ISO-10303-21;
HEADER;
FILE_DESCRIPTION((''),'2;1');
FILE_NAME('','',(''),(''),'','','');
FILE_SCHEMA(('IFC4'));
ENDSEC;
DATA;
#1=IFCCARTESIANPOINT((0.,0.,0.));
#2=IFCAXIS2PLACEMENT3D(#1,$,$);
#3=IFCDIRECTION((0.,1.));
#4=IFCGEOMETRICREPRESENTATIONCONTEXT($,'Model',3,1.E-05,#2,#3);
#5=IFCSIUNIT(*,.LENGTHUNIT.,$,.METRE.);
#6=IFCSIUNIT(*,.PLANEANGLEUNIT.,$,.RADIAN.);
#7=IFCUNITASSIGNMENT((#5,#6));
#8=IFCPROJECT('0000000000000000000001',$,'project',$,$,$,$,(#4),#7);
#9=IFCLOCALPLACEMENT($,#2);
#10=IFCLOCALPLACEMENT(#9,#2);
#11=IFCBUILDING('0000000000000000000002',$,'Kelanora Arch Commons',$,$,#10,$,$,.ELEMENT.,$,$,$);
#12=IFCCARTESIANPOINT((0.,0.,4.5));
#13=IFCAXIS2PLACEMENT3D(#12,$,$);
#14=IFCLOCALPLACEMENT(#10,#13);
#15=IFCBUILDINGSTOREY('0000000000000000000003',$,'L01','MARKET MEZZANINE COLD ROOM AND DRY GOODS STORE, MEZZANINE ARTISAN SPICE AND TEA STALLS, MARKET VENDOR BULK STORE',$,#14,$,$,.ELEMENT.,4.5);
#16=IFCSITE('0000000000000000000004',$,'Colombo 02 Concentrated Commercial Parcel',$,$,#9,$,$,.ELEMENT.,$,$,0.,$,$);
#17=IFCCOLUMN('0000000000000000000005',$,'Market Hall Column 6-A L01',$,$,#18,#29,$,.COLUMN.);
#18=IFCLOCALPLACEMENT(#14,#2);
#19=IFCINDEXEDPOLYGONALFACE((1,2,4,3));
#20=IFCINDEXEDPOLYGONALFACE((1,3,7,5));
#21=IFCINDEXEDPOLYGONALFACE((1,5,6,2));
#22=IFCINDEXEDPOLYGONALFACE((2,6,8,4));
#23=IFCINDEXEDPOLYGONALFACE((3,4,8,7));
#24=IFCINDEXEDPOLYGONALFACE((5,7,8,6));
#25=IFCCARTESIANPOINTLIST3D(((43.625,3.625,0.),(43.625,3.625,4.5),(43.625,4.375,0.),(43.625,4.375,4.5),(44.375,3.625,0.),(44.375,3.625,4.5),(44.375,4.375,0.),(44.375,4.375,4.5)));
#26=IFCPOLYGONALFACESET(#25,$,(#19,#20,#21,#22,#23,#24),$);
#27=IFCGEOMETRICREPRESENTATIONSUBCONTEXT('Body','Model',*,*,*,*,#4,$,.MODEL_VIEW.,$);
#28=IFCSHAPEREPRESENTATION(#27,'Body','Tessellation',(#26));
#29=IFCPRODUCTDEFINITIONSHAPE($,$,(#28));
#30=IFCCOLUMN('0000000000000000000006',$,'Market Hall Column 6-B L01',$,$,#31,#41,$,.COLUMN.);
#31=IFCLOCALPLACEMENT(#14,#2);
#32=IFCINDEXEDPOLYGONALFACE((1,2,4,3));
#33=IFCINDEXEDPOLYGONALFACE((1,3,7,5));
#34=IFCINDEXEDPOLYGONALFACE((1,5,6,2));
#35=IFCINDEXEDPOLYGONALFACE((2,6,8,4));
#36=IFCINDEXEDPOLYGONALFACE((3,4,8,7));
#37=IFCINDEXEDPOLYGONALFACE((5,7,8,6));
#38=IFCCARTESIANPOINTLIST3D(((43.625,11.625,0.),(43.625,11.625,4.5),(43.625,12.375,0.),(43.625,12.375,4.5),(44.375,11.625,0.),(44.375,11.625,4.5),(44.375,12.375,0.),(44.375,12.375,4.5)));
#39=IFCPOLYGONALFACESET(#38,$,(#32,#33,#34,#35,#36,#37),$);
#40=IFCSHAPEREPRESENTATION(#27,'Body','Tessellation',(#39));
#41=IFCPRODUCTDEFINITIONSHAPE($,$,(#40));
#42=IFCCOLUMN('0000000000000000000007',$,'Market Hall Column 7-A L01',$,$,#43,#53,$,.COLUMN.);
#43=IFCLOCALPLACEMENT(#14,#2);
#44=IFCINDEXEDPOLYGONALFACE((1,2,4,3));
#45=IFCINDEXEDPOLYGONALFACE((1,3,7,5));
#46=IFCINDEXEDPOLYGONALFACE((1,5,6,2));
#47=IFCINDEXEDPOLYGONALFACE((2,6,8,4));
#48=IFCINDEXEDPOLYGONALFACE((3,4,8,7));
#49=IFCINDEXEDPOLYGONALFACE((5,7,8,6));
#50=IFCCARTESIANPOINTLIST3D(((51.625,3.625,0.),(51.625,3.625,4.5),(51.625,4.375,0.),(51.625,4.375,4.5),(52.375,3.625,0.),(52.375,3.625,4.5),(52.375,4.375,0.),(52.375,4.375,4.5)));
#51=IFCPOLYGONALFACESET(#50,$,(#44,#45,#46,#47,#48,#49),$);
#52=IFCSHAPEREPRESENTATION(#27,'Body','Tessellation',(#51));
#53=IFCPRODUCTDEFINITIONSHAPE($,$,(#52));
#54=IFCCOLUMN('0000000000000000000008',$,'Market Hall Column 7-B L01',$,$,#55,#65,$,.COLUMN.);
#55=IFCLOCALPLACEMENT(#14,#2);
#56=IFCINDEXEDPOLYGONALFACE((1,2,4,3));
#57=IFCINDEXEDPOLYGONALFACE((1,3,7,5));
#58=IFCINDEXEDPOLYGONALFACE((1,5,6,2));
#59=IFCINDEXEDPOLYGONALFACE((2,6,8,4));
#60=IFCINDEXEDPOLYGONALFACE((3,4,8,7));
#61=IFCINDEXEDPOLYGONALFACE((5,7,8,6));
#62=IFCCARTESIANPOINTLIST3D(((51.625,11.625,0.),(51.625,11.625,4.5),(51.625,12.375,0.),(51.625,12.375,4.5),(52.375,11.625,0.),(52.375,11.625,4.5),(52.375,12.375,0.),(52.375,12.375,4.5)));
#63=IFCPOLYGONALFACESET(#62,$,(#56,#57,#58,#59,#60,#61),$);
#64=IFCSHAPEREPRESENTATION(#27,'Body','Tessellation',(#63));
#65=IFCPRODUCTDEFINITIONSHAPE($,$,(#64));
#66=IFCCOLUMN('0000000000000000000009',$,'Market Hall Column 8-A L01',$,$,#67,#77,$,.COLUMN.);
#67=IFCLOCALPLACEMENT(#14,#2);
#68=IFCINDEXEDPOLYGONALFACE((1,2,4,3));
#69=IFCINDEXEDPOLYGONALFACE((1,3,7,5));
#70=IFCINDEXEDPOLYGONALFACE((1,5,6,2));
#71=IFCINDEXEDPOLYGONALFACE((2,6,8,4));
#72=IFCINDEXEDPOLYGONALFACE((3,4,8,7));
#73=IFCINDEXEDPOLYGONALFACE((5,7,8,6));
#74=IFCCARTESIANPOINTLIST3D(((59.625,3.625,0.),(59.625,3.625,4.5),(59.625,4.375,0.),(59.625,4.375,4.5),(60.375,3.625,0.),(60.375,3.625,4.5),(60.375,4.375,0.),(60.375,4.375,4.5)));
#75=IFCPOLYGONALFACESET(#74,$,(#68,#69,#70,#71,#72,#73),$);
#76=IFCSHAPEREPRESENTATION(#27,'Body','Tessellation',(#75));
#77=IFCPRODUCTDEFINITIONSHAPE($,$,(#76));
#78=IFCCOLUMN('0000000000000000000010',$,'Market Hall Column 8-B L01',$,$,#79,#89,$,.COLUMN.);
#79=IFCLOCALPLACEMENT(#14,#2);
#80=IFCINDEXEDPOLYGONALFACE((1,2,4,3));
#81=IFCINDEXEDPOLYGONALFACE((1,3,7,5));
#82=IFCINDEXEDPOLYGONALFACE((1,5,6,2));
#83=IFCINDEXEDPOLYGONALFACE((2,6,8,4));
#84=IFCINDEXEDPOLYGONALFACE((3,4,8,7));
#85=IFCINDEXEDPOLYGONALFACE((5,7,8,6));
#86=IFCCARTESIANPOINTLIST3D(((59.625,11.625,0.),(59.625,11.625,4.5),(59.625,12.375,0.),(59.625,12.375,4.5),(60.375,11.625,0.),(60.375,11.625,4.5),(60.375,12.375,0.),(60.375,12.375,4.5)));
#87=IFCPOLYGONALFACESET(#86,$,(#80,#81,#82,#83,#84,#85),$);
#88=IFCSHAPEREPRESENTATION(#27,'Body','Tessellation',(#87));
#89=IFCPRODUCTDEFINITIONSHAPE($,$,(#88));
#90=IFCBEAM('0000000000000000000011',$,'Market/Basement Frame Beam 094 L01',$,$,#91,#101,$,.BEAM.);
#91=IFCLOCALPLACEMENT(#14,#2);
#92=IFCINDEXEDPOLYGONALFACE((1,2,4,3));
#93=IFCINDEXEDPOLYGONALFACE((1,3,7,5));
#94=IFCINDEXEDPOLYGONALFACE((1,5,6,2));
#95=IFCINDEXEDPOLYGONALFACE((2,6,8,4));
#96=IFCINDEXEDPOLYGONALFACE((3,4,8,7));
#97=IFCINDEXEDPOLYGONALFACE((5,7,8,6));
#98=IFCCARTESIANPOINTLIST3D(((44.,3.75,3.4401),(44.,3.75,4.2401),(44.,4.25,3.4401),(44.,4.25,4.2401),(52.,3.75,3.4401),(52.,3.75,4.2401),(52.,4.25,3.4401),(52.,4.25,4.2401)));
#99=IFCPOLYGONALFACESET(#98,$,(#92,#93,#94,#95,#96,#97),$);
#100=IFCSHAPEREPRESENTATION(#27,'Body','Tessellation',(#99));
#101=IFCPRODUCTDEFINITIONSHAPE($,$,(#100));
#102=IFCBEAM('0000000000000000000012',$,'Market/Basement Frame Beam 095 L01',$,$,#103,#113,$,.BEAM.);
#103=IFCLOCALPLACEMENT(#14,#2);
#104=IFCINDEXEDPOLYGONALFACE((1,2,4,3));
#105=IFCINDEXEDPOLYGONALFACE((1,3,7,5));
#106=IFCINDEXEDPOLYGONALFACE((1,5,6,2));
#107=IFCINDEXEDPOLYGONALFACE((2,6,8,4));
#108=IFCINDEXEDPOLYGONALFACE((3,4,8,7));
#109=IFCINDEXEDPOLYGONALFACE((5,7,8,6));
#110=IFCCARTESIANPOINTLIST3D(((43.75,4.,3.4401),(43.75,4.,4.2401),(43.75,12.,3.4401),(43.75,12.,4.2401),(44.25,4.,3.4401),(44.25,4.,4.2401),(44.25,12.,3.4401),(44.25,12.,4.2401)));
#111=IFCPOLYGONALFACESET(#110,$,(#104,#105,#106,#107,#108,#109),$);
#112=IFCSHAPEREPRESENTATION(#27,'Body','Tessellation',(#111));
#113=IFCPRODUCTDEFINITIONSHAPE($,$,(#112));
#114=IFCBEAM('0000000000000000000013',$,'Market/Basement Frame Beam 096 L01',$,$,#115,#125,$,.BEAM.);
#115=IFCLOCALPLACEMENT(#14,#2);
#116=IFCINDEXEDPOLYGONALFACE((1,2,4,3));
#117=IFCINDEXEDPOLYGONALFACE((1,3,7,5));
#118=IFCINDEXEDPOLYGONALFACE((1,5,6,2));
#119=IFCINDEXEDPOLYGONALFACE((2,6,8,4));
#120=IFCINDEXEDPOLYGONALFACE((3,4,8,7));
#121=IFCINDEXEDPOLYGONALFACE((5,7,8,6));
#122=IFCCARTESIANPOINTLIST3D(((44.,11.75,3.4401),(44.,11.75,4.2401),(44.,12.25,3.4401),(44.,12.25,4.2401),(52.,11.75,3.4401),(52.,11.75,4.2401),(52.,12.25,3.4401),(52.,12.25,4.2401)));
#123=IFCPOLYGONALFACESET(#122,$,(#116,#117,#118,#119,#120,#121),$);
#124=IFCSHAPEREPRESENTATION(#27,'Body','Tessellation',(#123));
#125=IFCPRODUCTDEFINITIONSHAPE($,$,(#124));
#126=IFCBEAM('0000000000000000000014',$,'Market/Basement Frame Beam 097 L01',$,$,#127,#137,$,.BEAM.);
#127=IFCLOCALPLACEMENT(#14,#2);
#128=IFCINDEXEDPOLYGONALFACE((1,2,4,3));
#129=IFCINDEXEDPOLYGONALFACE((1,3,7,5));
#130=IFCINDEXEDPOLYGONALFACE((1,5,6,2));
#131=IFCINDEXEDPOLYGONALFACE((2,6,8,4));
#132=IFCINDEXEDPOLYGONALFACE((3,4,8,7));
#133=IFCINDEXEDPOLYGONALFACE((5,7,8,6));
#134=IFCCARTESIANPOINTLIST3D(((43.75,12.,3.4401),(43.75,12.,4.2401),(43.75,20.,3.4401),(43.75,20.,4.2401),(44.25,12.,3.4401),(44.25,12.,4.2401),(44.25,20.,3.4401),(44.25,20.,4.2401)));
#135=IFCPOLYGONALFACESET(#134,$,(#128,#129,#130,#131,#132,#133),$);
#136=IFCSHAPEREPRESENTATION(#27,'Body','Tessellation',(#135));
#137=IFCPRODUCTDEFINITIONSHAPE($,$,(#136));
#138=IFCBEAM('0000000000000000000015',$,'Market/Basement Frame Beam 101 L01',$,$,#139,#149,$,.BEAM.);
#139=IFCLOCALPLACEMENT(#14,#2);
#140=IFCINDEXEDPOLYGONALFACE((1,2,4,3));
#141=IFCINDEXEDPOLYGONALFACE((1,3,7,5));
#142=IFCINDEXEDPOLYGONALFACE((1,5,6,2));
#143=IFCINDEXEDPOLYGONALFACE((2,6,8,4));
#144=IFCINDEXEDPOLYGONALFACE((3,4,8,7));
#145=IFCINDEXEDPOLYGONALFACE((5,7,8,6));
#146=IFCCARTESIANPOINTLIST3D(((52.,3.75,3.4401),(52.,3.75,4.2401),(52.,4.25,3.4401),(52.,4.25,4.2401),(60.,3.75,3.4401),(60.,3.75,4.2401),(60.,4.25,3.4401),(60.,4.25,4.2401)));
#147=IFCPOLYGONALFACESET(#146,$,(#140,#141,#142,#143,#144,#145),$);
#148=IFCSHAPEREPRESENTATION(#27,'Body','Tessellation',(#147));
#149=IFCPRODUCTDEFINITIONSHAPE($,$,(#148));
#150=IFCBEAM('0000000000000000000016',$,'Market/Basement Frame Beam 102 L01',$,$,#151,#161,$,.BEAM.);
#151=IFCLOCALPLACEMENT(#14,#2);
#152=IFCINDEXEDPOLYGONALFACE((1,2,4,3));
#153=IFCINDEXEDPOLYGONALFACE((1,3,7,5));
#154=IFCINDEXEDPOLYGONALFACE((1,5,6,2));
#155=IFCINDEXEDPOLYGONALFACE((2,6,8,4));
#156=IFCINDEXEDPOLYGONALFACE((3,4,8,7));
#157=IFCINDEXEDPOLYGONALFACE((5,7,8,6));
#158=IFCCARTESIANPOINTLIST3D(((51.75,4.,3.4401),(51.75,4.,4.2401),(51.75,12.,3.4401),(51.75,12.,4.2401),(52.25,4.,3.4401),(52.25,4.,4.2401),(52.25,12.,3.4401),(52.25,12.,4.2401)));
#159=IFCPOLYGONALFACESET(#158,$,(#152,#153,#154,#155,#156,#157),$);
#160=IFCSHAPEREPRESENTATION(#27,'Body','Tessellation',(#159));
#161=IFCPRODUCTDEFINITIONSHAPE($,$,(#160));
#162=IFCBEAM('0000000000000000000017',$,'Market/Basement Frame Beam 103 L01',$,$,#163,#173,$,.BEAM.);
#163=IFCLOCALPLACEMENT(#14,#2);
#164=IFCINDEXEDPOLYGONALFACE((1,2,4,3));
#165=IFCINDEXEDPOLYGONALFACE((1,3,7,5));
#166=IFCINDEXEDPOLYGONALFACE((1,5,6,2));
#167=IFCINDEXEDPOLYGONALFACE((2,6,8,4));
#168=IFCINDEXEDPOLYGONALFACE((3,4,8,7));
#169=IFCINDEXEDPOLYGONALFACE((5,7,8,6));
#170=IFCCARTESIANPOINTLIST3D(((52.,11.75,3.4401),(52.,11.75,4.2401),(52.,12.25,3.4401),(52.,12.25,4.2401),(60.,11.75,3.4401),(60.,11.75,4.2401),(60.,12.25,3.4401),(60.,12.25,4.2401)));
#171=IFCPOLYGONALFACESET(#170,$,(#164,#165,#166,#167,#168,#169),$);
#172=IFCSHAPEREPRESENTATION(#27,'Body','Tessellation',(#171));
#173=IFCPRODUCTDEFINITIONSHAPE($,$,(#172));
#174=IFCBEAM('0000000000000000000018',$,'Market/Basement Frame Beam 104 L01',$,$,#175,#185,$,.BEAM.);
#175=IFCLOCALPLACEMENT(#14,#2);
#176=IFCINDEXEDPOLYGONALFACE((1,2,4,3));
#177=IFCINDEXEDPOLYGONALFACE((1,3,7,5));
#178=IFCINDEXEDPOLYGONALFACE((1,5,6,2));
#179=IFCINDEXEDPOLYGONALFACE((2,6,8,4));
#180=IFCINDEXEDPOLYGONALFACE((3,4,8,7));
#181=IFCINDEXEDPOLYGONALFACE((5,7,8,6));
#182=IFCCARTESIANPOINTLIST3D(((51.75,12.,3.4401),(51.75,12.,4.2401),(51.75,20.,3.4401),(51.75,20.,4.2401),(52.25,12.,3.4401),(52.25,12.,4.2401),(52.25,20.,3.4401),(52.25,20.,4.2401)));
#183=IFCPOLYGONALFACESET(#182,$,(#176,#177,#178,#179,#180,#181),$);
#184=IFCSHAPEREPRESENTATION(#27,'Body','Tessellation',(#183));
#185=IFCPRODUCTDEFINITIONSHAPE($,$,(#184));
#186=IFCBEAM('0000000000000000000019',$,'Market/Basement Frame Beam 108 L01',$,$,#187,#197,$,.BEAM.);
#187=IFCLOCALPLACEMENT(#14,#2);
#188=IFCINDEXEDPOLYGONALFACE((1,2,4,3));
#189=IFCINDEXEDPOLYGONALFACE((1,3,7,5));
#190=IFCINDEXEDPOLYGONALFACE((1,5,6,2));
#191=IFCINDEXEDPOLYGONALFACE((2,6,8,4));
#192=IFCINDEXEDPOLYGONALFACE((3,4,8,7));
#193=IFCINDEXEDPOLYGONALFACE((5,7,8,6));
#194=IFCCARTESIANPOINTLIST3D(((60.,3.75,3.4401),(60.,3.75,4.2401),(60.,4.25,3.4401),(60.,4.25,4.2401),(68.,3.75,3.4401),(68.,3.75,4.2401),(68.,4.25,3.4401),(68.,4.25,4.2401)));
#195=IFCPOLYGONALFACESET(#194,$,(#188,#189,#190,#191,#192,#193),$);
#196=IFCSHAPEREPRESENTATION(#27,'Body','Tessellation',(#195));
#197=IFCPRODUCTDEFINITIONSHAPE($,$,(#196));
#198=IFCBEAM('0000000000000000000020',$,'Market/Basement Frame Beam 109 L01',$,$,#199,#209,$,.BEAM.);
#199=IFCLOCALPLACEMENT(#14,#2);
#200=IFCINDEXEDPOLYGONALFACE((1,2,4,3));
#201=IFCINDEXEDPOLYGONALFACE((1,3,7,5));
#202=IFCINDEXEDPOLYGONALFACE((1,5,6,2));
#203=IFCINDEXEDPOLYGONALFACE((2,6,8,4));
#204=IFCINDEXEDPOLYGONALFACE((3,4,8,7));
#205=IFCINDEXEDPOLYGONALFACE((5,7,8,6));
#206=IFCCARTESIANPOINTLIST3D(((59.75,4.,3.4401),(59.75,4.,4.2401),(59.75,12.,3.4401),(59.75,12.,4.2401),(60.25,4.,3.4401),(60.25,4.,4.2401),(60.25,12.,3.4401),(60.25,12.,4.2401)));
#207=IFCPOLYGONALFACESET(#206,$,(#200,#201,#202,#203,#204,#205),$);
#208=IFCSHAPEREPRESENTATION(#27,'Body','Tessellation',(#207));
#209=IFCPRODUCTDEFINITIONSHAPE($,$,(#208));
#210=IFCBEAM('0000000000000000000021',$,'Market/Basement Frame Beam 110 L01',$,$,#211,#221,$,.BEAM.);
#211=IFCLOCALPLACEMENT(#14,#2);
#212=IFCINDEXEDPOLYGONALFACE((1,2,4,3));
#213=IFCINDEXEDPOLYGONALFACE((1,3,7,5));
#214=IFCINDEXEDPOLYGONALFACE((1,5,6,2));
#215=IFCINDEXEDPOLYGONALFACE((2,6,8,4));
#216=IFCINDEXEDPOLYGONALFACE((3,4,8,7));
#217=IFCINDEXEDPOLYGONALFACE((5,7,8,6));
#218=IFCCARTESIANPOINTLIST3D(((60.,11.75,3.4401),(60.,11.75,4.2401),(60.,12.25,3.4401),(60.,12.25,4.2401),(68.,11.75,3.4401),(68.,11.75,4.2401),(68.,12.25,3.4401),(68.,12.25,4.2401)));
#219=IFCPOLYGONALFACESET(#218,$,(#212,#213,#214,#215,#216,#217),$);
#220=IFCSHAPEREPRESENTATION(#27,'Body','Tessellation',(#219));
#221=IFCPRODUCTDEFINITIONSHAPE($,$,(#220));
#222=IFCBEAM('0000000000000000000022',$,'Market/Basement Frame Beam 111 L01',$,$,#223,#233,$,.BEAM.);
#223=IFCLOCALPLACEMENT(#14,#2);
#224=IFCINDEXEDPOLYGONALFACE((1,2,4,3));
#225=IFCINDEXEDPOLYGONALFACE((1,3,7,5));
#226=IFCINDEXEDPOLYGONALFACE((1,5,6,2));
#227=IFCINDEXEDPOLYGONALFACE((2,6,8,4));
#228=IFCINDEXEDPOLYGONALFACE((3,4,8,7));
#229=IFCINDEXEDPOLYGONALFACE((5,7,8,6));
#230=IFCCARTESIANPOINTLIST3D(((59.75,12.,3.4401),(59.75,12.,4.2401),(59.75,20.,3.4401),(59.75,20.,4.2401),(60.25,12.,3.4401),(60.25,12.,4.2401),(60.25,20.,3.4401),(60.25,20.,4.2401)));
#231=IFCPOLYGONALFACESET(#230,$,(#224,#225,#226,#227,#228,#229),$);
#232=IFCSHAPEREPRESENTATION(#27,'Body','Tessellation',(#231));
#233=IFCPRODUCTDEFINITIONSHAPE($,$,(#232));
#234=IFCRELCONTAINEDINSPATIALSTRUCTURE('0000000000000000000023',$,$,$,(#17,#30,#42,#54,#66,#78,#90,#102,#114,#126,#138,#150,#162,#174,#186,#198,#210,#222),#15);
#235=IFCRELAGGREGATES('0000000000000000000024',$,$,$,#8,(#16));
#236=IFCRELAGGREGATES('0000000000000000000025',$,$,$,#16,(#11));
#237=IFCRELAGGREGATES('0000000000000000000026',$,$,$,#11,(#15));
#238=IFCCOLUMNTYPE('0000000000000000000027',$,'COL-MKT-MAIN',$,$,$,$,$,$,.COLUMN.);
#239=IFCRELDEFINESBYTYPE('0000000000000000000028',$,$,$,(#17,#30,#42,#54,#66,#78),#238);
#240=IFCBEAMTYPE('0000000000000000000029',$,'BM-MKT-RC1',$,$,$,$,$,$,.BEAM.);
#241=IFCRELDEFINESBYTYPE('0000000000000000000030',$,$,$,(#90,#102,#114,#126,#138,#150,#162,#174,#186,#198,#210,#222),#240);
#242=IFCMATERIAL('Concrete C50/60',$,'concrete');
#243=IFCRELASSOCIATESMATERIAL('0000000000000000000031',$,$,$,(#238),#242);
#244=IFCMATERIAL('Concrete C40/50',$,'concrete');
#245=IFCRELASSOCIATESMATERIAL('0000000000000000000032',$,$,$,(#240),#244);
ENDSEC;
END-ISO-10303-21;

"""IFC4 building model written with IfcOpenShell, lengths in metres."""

from ifc_helpers import new_model, si_unit, direction, frame, origin, origin_2d, place, context, subcontext, project, spatial, rectangle, extrude, material, material_profile, profile_set, type_object, element, save


model = new_model("IFC4")

# Units and contexts
model_context = context("Model", 3, precision=1e-05, world=origin(), true_north=direction((0.0, 1.0)))
body_context = subcontext(model_context, "Body", "Model", "MODEL_VIEW")
ifc_project = project(units=[si_unit("LENGTHUNIT", "METRE"), si_unit("PLANEANGLEUNIT", "RADIAN")], contexts=[model_context])

# Site, building, storey
site_placement = place(None, origin())
site = spatial("IfcSite", under=ifc_project, at=site_placement, Name="Colombo 02 Concentrated Commercial Parcel", CompositionType="ELEMENT", RefElevation=0.0)
building_placement = place(site_placement, origin())
building = spatial("IfcBuilding", under=site, at=building_placement, Name="Kelanora Arch Commons", CompositionType="ELEMENT")
storey_placement = place(building_placement, frame((0.0, 0.0, 4.5)))
storey = spatial("IfcBuildingStorey", under=building, at=storey_placement, Name="L01", Description="MARKET MEZZANINE COLD ROOM AND DRY GOODS STORE, MEZZANINE ARTISAN SPICE AND TEA STALLS, MARKET VENDOR BULK STORE", CompositionType="ELEMENT", Elevation=4.5)

# Columns
ifc_material_1 = material(Name="Concrete C50/60", Category="concrete")
ifc_material_profile_1 = material_profile(ifc_material_1, rectangle(XDim=0.75, YDim=0.75, at=origin_2d()), Name="RC750x750")
ifc_profile_set_1 = profile_set([ifc_material_profile_1], Name="Concrete C50/60")
column_type = type_object("IfcColumnType", Name="COL-MKT-MAIN", PredefinedType="COLUMN", material=ifc_profile_set_1)
for number, where, z_axis, x_axis, name in (
    (1, (44.0, 4.0, 0.0), (0.0, 0.0, 1.0), (1.0, 0.0, 0.0), "Market Hall Column 6-A L01"),
    (2, (44.0, 12.0, 0.0), (0.0, 0.0, 1.0), (1.0, 0.0, 0.0), "Market Hall Column 6-B L01"),
    (3, (52.0, 4.0, 0.0), (0.0, 0.0, 1.0), (1.0, 0.0, 0.0), "Market Hall Column 7-A L01"),
    (4, (52.0, 12.0, 0.0), (0.0, 0.0, 1.0), (1.0, 0.0, 0.0), "Market Hall Column 7-B L01"),
    (5, (60.0, 4.0, 0.0), (0.0, 0.0, 1.0), (1.0, 0.0, 0.0), "Market Hall Column 8-A L01"),
    (6, (60.0, 12.0, 0.0), (0.0, 0.0, 1.0), (1.0, 0.0, 0.0), "Market Hall Column 8-B L01"),
):
    element("IfcColumn", number, at=place(storey_placement, frame(where, z_axis=z_axis, x_axis=x_axis)), inside=storey, type_object=column_type, Name=name, PredefinedType="COLUMN", context=body_context, shape_type="SweptSolid", body=[
        extrude(rectangle(XDim=0.75, YDim=0.75, at=origin_2d()), origin(), (0.0, 0.0, 1.0), 4.5),
    ])

# Beams
ifc_material_2 = material(Name="Concrete C40/50", Category="concrete")
ifc_material_profile_2 = material_profile(ifc_material_2, rectangle(XDim=0.5, YDim=0.8, at=origin_2d()), Name="RCB500x800")
ifc_profile_set_2 = profile_set([ifc_material_profile_2], Name="Concrete C40/50")
beam_type = type_object("IfcBeamType", Name="BM-MKT-RC1", PredefinedType="BEAM", material=ifc_profile_set_2)
for number, where, z_axis, x_axis, name in (
    (7, (44.0, 4.0, 3.8401), (1.0, 0.0, 0.0), (0.0, 1.0, 0.0), "Market/Basement Frame Beam 094 L01"),
    (8, (44.0, 4.0, 3.8401), (0.0, 1.0, 0.0), (-1.0, 0.0, 0.0), "Market/Basement Frame Beam 095 L01"),
    (9, (44.0, 12.0, 3.8401), (1.0, 0.0, 0.0), (0.0, 1.0, 0.0), "Market/Basement Frame Beam 096 L01"),
    (10, (44.0, 12.0, 3.8401), (0.0, 1.0, 0.0), (-1.0, 0.0, 0.0), "Market/Basement Frame Beam 097 L01"),
    (11, (52.0, 4.0, 3.8401), (1.0, 0.0, 0.0), (0.0, 1.0, 0.0), "Market/Basement Frame Beam 101 L01"),
    (12, (52.0, 4.0, 3.8401), (0.0, 1.0, 0.0), (-1.0, 0.0, 0.0), "Market/Basement Frame Beam 102 L01"),
    (13, (52.0, 12.0, 3.8401), (1.0, 0.0, 0.0), (0.0, 1.0, 0.0), "Market/Basement Frame Beam 103 L01"),
    (14, (52.0, 12.0, 3.8401), (0.0, 1.0, 0.0), (-1.0, 0.0, 0.0), "Market/Basement Frame Beam 104 L01"),
    (15, (60.0, 4.0, 3.8401), (1.0, 0.0, 0.0), (0.0, 1.0, 0.0), "Market/Basement Frame Beam 108 L01"),
    (16, (60.0, 4.0, 3.8401), (0.0, 1.0, 0.0), (-1.0, 0.0, 0.0), "Market/Basement Frame Beam 109 L01"),
    (17, (60.0, 12.0, 3.8401), (1.0, 0.0, 0.0), (0.0, 1.0, 0.0), "Market/Basement Frame Beam 110 L01"),
    (18, (60.0, 12.0, 3.8401), (0.0, 1.0, 0.0), (-1.0, 0.0, 0.0), "Market/Basement Frame Beam 111 L01"),
):
    element("IfcBeam", number, at=place(storey_placement, frame(where, z_axis=z_axis, x_axis=x_axis)), inside=storey, type_object=beam_type, Name=name, PredefinedType="BEAM", context=body_context, shape_type="SweptSolid", body=[
        extrude(rectangle(XDim=0.5, YDim=0.8, at=origin_2d()), origin(), (0.0, 0.0, 1.0), 8.0),
    ])

save(model, "model.ifc")
